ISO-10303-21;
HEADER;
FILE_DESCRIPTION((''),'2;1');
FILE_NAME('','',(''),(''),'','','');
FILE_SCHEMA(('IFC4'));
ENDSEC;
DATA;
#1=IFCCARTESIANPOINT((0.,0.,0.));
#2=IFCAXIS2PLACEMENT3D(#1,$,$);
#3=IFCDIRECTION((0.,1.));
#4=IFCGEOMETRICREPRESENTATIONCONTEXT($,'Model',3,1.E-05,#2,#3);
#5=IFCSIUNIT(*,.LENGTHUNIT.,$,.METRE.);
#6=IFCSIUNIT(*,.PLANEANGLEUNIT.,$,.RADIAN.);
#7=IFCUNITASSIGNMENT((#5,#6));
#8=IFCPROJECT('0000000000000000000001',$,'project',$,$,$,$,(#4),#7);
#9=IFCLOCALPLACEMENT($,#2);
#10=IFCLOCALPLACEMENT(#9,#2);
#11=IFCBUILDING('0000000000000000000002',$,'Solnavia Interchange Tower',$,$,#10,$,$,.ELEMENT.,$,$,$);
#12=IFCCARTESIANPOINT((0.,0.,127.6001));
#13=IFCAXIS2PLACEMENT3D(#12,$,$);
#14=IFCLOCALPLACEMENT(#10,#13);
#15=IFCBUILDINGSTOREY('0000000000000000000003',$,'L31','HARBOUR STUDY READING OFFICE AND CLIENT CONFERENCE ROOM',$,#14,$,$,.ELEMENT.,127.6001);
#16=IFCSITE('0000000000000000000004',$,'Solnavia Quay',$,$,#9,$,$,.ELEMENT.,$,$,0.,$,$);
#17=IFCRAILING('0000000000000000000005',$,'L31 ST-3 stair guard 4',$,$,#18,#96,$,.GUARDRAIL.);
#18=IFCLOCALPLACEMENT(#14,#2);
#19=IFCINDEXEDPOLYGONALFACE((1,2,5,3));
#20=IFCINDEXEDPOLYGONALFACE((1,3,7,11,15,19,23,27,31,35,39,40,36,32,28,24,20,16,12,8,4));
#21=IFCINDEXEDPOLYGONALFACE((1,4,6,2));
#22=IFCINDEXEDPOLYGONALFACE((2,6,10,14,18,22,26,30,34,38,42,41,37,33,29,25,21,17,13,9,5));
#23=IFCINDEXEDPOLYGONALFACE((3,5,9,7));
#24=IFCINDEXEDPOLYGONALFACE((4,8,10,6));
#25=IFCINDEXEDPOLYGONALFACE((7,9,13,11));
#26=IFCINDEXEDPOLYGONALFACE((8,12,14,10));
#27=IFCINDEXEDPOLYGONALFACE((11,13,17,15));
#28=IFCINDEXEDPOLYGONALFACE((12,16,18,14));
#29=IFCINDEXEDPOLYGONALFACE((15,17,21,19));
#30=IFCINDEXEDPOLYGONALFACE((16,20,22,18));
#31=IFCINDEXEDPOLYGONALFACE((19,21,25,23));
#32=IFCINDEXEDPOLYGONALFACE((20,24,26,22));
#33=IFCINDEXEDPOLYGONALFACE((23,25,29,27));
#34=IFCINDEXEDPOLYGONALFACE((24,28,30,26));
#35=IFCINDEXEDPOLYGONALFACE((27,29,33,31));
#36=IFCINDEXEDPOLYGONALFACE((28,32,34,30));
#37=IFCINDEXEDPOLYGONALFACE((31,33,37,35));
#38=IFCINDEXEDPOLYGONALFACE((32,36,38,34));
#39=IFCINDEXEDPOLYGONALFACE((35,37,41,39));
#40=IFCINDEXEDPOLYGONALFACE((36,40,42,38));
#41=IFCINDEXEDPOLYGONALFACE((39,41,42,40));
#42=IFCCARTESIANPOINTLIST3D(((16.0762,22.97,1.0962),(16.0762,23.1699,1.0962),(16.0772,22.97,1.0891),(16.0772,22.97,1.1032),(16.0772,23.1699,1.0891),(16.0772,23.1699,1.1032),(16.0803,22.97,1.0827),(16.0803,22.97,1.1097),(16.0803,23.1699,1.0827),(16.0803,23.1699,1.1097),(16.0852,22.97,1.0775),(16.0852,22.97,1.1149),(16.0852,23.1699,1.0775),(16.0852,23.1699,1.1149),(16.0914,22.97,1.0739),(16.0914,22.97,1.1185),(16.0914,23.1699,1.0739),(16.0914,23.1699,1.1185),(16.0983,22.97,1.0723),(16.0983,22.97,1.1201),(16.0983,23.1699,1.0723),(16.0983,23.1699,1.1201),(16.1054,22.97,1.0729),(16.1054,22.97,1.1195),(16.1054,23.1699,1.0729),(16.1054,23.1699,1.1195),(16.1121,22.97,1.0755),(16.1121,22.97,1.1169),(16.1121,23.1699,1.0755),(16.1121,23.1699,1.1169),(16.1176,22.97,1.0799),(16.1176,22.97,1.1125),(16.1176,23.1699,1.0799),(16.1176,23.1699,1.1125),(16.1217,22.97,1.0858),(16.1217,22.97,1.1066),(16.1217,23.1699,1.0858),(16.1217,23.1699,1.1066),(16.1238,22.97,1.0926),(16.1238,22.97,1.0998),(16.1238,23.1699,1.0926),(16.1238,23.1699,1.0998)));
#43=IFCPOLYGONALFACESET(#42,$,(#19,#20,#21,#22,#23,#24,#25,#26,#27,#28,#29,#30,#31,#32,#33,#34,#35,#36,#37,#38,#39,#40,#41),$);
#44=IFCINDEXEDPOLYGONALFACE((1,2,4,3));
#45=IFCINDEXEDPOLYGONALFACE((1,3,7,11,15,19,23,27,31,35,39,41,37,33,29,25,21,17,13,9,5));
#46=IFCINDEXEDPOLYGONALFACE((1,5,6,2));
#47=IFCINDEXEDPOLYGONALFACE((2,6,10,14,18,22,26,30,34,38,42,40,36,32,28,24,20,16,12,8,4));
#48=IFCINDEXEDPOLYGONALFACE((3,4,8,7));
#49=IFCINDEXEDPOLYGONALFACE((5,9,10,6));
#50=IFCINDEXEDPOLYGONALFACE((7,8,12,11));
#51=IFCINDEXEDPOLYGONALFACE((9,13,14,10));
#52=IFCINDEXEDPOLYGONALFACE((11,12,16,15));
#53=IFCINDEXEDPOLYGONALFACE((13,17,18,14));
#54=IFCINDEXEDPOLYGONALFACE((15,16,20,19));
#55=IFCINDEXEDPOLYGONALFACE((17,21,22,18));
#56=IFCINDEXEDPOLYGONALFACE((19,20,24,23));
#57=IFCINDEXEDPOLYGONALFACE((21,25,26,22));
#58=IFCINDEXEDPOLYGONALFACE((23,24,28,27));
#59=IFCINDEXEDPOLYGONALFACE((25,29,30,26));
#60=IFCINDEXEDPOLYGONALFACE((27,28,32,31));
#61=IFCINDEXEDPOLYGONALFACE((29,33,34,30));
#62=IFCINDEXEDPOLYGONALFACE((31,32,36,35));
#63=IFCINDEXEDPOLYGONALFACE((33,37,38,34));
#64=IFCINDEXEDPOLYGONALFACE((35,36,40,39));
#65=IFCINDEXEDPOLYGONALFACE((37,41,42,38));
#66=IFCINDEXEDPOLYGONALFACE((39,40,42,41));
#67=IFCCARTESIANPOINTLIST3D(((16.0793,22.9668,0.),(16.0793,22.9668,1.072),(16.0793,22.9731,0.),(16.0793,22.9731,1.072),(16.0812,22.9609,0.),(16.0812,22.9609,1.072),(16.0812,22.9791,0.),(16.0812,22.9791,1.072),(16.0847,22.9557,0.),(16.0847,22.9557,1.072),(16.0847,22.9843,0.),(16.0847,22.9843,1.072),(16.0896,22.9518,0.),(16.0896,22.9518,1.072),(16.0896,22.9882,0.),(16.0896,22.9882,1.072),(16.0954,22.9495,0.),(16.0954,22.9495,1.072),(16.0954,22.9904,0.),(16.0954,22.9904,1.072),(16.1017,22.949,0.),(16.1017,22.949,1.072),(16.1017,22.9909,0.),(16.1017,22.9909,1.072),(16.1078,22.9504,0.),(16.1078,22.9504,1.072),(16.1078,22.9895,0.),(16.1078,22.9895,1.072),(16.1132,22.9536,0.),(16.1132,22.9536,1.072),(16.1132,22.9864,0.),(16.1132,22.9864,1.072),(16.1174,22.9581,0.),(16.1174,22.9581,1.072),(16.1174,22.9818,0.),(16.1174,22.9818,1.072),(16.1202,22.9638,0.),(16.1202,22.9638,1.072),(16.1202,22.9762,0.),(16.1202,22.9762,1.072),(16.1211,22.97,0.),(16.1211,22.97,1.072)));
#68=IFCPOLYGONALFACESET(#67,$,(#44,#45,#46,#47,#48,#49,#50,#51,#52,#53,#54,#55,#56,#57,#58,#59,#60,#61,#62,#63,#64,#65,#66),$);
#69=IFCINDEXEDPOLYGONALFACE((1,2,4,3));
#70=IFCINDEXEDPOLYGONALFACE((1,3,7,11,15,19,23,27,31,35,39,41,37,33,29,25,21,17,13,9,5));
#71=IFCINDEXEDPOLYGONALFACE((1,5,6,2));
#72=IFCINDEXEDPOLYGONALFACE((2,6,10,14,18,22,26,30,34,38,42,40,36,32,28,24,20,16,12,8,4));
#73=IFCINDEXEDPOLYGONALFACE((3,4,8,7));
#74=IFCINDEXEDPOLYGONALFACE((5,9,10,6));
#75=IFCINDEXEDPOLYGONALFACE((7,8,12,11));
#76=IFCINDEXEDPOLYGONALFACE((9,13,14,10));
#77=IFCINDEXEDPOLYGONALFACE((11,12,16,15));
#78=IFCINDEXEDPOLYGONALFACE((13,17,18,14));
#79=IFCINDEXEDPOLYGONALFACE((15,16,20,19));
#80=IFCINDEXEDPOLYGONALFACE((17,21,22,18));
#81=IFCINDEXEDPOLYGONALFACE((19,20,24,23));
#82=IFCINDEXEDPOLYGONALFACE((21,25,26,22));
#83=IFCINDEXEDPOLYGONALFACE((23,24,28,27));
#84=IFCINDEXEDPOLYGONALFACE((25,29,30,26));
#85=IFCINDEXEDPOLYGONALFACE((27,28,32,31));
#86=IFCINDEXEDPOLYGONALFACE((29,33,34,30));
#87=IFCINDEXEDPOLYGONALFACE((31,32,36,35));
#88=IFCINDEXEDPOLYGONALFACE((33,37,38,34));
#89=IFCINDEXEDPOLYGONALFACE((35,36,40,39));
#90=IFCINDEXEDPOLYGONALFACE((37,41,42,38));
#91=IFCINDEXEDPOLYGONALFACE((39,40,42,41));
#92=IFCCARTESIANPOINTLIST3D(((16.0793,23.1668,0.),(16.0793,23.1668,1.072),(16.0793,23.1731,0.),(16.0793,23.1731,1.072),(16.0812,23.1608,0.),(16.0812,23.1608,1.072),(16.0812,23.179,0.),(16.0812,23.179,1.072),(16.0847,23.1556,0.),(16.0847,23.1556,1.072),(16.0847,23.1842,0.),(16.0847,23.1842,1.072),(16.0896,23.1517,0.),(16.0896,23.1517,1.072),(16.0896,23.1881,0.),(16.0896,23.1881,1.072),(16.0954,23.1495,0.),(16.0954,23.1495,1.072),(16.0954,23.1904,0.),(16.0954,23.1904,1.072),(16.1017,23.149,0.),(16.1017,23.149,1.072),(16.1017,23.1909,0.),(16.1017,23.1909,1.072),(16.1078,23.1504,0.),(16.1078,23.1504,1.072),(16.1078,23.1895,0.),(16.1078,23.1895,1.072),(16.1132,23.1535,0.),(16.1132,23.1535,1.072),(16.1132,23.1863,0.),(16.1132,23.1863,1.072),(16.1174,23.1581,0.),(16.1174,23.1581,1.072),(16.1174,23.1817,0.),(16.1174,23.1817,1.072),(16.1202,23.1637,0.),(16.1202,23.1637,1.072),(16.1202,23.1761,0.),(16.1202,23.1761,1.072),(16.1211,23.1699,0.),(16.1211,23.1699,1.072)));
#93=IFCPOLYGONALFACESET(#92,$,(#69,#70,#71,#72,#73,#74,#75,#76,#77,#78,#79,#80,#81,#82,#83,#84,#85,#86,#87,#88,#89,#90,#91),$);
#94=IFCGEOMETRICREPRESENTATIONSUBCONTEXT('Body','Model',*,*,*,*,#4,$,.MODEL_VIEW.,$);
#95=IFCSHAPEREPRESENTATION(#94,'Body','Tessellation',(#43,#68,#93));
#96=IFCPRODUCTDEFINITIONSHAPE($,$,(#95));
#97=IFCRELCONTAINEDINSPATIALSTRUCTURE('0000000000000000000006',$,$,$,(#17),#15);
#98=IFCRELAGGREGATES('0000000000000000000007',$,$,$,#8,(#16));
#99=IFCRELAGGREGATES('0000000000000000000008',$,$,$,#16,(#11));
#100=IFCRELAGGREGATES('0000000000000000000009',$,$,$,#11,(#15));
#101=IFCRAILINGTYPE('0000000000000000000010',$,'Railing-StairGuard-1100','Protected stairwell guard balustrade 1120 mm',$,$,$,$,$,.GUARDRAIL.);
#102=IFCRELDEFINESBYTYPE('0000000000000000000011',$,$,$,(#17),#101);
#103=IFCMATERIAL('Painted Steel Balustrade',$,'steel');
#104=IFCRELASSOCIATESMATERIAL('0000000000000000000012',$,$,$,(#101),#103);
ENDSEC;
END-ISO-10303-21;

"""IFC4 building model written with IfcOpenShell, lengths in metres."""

from ifc_helpers import new_model, si_unit, direction, frame, origin, origin_2d, place, context, subcontext, project, spatial, circle, extrude, material, type_object, element, save


model = new_model("IFC4")

# Units and contexts
model_context = context("Model", 3, precision=1e-05, world=origin(), true_north=direction((0.0, 1.0)))
body_context = subcontext(model_context, "Body", "Model", "MODEL_VIEW")
ifc_project = project(units=[si_unit("LENGTHUNIT", "METRE"), si_unit("PLANEANGLEUNIT", "RADIAN")], contexts=[model_context])

# Site, building, storey
site_placement = place(None, origin())
site = spatial("IfcSite", under=ifc_project, at=site_placement, Name="Solnavia Quay", CompositionType="ELEMENT", RefElevation=0.0)
building_placement = place(site_placement, origin())
building = spatial("IfcBuilding", under=site, at=building_placement, Name="Solnavia Interchange Tower", CompositionType="ELEMENT")
storey_placement = place(building_placement, frame((0.0, 0.0, 127.6001)))
storey = spatial("IfcBuildingStorey", under=building, at=storey_placement, Name="L31", Description="HARBOUR STUDY READING OFFICE AND CLIENT CONFERENCE ROOM", CompositionType="ELEMENT", Elevation=127.6001)

# Railing
ifc_material_1 = material(Name="Painted Steel Balustrade", Category="steel")
railing_type_1 = type_object("IfcRailingType", Name="Railing-StairGuard-1100", Description="Protected stairwell guard balustrade 1120 mm", PredefinedType="GUARDRAIL", material=ifc_material_1)
railing_1_placement = place(storey_placement, frame((16.1001, 22.97, 0.0)))
element("IfcRailing", 1, at=railing_1_placement, inside=storey, type_object=railing_type_1, Name="L31 ST-3 stair guard 4", PredefinedType="GUARDRAIL", context=body_context, shape_type="SweptSolid", body=[
    extrude(circle(Radius=0.0239, at=origin_2d()), frame((0.0, 0.0, 1.0962), z_axis=(0.0, 1.0, 0.0), x_axis=(-1.0, 0.0, 0.0)), (0.0, 0.0, 1.0), 0.2),
    extrude(circle(Radius=0.021, at=origin_2d()), origin(), (0.0, 0.0, 1.0), 1.072),
    extrude(circle(Radius=0.021, at=origin_2d()), frame((0.0, 0.2, 0.0)), (0.0, 0.0, 1.0), 1.072),
])

save(model, "model.ifc")
